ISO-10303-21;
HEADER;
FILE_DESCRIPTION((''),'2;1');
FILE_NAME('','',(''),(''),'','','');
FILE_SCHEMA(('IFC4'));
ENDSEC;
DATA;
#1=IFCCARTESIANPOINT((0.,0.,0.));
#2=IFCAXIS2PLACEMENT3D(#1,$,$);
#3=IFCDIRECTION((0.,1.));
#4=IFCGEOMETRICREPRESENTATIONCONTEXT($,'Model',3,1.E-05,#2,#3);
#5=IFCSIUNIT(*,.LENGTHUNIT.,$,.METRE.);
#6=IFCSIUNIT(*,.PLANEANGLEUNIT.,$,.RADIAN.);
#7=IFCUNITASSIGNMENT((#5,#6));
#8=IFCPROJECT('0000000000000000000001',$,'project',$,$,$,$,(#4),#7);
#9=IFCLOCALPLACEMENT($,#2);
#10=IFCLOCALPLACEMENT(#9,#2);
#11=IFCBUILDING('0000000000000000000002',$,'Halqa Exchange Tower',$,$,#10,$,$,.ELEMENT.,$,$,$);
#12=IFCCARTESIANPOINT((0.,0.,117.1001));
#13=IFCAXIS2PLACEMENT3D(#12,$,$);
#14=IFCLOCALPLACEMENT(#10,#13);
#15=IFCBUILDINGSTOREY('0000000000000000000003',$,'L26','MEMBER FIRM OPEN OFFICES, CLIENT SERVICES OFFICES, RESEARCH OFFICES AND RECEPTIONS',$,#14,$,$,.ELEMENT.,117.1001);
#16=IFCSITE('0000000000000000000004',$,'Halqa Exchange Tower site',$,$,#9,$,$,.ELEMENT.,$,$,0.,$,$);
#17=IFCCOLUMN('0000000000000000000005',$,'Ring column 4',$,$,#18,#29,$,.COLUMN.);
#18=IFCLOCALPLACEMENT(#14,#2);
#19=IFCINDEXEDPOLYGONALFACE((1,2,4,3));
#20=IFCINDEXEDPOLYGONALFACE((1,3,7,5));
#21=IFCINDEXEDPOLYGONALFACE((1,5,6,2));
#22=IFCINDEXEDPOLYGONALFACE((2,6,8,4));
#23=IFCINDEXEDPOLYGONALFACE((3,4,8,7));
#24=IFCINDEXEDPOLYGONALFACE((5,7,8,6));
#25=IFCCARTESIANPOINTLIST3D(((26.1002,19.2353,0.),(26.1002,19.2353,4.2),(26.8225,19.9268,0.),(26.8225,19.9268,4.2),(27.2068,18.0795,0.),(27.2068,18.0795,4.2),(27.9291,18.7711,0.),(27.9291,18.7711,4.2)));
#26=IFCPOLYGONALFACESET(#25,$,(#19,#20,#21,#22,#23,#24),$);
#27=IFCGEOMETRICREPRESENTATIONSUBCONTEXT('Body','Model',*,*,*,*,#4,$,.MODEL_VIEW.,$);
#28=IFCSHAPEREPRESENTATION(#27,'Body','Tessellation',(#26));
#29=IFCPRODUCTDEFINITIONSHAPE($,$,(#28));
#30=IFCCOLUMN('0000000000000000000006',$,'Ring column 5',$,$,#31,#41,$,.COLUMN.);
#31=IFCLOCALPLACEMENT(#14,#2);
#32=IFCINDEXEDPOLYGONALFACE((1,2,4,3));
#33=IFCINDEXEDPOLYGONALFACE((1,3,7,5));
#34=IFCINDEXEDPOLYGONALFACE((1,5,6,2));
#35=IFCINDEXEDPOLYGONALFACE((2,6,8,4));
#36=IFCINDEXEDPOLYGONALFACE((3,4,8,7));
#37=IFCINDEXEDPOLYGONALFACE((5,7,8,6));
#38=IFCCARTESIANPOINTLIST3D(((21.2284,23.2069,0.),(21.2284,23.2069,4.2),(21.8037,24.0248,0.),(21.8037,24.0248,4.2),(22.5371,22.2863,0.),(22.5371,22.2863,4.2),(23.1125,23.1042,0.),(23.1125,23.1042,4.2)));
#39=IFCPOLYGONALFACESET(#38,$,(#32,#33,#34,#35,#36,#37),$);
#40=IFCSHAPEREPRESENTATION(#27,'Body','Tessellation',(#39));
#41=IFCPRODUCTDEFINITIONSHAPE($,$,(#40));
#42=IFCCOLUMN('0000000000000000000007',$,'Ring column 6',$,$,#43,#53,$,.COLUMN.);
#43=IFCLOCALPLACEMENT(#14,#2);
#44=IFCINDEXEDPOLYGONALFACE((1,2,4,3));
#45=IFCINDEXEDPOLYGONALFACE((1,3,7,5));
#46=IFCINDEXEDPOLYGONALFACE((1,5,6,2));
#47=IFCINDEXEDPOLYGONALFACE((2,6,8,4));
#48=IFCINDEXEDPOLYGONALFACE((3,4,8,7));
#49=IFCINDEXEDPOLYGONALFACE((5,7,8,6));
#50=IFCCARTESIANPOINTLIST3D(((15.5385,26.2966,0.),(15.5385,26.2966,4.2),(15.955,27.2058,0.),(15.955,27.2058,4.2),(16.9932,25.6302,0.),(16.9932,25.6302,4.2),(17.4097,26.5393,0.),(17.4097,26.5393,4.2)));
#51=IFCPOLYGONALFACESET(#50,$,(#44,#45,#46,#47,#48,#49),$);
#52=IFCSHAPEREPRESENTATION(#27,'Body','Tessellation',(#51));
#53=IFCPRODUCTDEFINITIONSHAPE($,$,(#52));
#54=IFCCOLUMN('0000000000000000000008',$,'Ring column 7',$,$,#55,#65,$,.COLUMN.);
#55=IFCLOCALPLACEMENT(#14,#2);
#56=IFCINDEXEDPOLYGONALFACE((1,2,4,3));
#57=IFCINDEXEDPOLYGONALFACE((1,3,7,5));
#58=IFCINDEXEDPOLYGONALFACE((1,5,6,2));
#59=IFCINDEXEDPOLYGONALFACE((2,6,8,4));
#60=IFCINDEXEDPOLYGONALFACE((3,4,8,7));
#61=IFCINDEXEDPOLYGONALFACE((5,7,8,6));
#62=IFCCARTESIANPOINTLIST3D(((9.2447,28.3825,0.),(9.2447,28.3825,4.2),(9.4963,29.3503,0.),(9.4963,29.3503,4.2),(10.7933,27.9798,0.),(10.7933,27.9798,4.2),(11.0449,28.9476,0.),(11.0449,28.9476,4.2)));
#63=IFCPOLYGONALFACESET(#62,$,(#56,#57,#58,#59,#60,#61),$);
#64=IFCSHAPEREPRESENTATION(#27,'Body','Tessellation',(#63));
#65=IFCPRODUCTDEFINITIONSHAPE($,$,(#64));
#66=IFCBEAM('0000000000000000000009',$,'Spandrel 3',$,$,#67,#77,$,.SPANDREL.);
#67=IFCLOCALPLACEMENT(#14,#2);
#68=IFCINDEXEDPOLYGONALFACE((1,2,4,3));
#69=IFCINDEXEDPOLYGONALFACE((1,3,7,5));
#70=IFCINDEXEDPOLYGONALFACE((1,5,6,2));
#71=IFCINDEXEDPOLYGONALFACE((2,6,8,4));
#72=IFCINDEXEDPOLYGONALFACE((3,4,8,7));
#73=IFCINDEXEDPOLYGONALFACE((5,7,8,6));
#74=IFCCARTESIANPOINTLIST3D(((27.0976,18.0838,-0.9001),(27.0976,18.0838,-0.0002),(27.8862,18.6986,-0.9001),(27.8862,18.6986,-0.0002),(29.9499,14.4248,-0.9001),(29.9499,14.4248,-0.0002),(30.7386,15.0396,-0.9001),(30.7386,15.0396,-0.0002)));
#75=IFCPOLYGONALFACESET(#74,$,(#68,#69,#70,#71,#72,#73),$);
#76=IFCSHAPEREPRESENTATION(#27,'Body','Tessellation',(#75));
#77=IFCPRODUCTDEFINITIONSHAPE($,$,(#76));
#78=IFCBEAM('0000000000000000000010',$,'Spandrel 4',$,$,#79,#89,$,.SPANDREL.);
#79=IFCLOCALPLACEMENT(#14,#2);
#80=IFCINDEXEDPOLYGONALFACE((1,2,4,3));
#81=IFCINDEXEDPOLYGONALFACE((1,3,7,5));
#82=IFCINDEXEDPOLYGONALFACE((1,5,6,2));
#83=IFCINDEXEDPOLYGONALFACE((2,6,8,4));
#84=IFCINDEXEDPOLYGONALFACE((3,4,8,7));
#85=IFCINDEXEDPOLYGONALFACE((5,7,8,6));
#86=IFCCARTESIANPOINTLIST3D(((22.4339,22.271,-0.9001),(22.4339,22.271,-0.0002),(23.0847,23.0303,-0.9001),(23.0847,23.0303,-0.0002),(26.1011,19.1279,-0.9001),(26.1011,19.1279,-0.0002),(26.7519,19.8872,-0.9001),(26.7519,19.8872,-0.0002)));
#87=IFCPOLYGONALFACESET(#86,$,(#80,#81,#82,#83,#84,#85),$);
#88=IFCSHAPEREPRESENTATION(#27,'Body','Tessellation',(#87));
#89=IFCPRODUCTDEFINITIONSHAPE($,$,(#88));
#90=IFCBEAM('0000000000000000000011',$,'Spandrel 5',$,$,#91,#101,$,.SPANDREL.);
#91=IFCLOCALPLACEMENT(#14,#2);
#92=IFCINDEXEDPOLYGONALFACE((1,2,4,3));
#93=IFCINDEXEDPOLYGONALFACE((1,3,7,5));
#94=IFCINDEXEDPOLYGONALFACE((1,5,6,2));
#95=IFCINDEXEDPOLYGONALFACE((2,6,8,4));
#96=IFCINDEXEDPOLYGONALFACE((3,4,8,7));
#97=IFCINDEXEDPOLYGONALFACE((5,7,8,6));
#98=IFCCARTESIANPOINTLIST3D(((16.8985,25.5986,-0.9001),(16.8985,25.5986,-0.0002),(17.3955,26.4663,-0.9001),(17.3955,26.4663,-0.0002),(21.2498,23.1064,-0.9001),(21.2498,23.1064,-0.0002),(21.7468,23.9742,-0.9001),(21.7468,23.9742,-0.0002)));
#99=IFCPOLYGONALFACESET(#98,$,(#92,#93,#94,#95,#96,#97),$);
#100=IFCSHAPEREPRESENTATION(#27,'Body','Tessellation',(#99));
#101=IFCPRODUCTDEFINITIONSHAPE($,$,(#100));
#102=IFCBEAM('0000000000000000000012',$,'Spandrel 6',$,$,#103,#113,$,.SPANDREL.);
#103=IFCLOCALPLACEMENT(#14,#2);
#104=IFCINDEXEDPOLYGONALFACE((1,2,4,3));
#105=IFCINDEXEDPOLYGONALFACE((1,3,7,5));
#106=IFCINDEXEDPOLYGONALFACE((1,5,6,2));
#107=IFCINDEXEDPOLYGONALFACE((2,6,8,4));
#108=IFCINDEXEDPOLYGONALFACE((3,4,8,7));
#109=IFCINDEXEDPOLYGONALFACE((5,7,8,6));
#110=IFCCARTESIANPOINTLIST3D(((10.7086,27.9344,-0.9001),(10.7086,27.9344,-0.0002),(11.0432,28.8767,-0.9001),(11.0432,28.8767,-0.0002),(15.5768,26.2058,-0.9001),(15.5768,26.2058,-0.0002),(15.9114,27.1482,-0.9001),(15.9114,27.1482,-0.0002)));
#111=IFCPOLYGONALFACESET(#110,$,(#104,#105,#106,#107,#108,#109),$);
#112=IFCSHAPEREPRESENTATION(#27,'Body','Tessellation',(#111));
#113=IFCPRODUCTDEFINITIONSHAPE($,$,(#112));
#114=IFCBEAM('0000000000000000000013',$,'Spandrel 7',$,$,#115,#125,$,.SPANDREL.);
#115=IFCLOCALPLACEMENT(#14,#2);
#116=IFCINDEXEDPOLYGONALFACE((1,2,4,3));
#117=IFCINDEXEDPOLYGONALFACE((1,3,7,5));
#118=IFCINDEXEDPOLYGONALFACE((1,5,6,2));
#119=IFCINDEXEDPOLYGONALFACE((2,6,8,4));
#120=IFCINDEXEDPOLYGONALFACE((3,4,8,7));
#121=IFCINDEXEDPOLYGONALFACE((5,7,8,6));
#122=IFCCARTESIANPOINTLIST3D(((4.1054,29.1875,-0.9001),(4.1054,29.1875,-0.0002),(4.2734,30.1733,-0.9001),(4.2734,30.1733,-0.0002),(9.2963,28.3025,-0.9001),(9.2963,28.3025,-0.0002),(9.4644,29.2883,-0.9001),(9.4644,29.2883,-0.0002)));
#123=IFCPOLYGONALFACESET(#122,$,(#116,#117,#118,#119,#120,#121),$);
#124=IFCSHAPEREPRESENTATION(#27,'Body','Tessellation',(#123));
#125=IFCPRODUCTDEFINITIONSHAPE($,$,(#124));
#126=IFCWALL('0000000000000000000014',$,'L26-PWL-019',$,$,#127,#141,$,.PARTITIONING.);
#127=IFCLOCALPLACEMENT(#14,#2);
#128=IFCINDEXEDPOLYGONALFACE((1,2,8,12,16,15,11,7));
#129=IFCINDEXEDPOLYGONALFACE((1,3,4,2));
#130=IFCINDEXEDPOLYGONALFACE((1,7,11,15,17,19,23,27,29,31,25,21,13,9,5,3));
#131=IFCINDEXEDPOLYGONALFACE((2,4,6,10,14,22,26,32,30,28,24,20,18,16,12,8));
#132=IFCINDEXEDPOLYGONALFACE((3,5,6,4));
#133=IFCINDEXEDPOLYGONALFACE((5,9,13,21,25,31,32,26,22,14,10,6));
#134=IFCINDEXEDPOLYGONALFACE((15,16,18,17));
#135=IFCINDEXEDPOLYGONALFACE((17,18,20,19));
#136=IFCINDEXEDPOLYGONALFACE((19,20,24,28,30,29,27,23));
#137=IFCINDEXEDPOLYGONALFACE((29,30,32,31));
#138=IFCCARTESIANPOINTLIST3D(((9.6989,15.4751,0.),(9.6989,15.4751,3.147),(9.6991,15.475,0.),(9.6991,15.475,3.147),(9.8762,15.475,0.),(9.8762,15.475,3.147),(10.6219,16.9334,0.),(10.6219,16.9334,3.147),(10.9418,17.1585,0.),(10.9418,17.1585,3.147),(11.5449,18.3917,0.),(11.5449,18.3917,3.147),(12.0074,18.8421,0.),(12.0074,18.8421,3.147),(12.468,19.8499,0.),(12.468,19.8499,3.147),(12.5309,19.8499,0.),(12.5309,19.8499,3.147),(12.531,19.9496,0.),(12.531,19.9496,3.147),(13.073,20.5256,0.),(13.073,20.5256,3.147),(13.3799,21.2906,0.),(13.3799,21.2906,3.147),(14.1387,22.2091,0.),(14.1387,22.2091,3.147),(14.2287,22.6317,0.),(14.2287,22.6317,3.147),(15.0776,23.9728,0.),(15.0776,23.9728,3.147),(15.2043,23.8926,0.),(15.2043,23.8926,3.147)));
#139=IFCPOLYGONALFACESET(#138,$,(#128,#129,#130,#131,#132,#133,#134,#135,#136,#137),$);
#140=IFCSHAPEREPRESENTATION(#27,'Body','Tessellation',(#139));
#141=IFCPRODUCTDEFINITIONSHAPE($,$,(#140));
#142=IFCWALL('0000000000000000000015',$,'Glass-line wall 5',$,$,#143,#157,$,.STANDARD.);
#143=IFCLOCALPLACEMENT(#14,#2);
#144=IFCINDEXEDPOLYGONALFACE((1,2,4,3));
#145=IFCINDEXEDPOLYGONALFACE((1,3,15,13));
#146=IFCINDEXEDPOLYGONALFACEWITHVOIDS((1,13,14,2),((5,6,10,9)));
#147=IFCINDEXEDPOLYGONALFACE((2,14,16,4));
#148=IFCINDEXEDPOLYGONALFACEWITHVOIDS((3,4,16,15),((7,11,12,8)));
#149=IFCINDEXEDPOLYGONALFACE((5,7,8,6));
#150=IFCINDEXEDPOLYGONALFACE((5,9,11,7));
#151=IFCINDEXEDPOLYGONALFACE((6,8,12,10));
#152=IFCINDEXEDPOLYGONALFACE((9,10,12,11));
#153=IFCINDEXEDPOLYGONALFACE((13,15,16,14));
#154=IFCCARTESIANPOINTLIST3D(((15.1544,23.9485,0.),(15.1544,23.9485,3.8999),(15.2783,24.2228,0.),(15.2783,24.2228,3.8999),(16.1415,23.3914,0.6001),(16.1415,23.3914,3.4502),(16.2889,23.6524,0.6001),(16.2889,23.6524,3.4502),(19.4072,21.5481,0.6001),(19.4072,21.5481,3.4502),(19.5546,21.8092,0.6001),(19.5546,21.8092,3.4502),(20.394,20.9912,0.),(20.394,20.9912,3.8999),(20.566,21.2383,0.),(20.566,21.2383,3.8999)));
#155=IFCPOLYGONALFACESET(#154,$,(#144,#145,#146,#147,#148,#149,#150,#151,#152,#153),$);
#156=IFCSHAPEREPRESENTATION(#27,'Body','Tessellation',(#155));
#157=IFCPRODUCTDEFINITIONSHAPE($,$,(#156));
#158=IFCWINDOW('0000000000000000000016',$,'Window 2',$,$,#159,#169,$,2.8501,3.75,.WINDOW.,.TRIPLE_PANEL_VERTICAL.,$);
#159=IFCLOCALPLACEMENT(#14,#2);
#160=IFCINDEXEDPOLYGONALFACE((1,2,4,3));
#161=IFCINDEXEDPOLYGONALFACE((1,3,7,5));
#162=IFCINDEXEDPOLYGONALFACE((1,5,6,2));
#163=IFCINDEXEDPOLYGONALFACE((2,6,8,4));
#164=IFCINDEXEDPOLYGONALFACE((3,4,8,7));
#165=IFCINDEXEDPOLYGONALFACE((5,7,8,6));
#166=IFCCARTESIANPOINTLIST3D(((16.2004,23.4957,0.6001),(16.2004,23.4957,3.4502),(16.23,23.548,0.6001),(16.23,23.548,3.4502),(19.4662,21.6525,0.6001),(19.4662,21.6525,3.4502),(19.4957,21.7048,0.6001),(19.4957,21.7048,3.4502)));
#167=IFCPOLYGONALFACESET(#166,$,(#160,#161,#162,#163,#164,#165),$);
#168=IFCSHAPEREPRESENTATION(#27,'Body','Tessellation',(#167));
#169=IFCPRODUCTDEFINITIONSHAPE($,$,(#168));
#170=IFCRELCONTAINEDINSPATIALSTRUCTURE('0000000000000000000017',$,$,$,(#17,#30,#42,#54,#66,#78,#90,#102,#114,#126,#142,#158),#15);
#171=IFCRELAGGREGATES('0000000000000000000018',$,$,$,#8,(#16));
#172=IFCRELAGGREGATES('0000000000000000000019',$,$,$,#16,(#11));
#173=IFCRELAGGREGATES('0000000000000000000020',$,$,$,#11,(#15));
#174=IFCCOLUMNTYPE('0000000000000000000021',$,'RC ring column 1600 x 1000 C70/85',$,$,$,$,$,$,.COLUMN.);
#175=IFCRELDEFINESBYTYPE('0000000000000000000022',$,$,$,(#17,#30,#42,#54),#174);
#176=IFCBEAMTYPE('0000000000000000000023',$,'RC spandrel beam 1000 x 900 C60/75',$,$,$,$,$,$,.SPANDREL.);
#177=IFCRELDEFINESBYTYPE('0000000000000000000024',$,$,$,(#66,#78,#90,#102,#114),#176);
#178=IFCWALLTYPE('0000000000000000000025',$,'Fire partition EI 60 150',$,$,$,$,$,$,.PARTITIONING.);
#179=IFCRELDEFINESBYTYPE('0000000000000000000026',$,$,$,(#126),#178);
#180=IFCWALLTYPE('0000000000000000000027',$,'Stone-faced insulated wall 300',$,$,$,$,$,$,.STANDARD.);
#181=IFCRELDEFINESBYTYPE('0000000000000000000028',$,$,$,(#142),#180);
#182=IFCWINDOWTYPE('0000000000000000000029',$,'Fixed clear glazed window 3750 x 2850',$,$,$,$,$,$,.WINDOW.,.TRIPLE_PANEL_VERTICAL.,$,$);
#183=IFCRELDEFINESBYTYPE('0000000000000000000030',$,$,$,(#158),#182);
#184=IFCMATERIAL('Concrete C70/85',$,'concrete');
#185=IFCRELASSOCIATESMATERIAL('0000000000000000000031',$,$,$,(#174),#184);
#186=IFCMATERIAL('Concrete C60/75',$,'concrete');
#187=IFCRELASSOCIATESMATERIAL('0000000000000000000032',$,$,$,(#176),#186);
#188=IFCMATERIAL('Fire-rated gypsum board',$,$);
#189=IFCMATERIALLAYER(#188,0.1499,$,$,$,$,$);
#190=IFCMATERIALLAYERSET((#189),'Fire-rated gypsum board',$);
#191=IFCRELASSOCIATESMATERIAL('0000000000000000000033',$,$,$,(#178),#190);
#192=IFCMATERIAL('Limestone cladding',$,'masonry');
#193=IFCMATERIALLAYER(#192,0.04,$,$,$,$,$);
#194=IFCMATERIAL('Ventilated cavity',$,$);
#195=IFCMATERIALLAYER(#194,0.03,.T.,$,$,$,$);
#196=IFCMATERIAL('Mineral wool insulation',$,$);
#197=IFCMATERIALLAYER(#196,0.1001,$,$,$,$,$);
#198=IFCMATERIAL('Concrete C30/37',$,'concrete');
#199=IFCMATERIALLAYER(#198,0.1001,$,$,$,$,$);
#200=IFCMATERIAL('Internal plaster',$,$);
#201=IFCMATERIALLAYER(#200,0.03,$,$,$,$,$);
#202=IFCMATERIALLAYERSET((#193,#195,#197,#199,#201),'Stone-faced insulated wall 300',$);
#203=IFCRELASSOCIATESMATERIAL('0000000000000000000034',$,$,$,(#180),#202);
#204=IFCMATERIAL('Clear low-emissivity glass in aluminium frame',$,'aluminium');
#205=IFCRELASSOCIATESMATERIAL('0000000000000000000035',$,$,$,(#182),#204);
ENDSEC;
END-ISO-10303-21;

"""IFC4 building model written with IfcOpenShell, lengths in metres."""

from ifc_helpers import new_model, si_unit, direction, frame, frame_2d, origin, origin_2d, place, context, subcontext, project, spatial, polyline, rectangle, outline, extrude, material, layer, layer_set, material_profile, profile_set, type_object, element, fill, save


model = new_model("IFC4")

# Units and contexts
model_context = context("Model", 3, precision=1e-05, world=origin(), true_north=direction((0.0, 1.0)))
body_context = subcontext(model_context, "Body", "Model", "MODEL_VIEW")
ifc_project = project(units=[si_unit("LENGTHUNIT", "METRE"), si_unit("PLANEANGLEUNIT", "RADIAN")], contexts=[model_context])

# Site, building, storey
site_placement = place(None, origin())
site = spatial("IfcSite", under=ifc_project, at=site_placement, Name="Halqa Exchange Tower site", CompositionType="ELEMENT", RefElevation=0.0)
building_placement = place(site_placement, origin())
building = spatial("IfcBuilding", under=site, at=building_placement, Name="Halqa Exchange Tower", CompositionType="ELEMENT")
storey_placement = place(building_placement, frame((0.0, 0.0, 117.1001)))
storey = spatial("IfcBuildingStorey", under=building, at=storey_placement, Name="L26", Description="MEMBER FIRM OPEN OFFICES, CLIENT SERVICES OFFICES, RESEARCH OFFICES AND RECEPTIONS", CompositionType="ELEMENT", Elevation=117.1001)

# Columns
ifc_material_1 = material(Name="Concrete C70/85", Category="concrete")
ifc_material_profile_1 = material_profile(ifc_material_1, rectangle(XDim=1.6001, YDim=1.0, at=origin_2d()), Name="1600 x 1000")
ifc_profile_set_1 = profile_set([ifc_material_profile_1], Name="Concrete C70/85")
column_type = type_object("IfcColumnType", Name="RC ring column 1600 x 1000 C70/85", PredefinedType="COLUMN", material=ifc_profile_set_1)
for number, where, z_axis, x_axis, name in (
    (1, (27.0146, 19.0032, 0.0), (0.0, 0.0, 1.0), (-0.691574, 0.722306, 0.0), "Ring column 4"),
    (2, (22.1704, 23.1555, 0.0), (0.0, 0.0, 1.0), (-0.817907, 0.575351, 0.0), "Ring column 5"),
    (3, (16.4741, 26.418, 0.0), (0.0, 0.0, 1.0), (-0.909127, 0.416519, 0.0), "Ring column 6"),
    (4, (10.1448, 28.665, 0.0), (0.0, 0.0, 1.0), (-0.96782, 0.251644, 0.0), "Ring column 7"),
):
    element("IfcColumn", number, at=place(storey_placement, frame(where, z_axis=z_axis, x_axis=x_axis)), inside=storey, type_object=column_type, Name=name, PredefinedType="COLUMN", context=body_context, shape_type="SweptSolid", body=[
        extrude(rectangle(XDim=1.6001, YDim=1.0, at=origin_2d()), origin(), (0.0, 0.0, 1.0), 4.2),
    ])

# Beams
ifc_material_2 = material(Name="Concrete C60/75", Category="concrete")
ifc_material_profile_2 = material_profile(ifc_material_2, rectangle(XDim=1.0, YDim=0.8999, at=origin_2d()), Name="1000 x 900")
ifc_profile_set_2 = profile_set([ifc_material_profile_2], Name="Concrete C60/75")
beam_type = type_object("IfcBeamType", Name="RC spandrel beam 1000 x 900 C60/75", PredefinedType="SPANDREL", material=ifc_profile_set_2)
beam_1_placement = place(storey_placement, frame((30.3442, 14.7322, -0.4502), z_axis=(-0.614807, 0.788677, 0.0), x_axis=(-0.788677, -0.614807, 0.0)))
element("IfcBeam", 5, at=beam_1_placement, inside=storey, type_object=beam_type, Name="Spandrel 3", PredefinedType="SPANDREL", context=body_context, shape_type="SweptSolid", body=[
    extrude(rectangle(XDim=1.0, YDim=0.8999, at=origin_2d()), origin(), (0.0, 0.0, 1.0), 4.6394),
])
beam_2_placement = place(storey_placement, frame((26.4265, 19.5076, -0.4502), z_axis=(-0.759285, 0.650758, 0.0), x_axis=(-0.650758, -0.759285, 0.0)))
element("IfcBeam", 6, at=beam_2_placement, inside=storey, type_object=beam_type, Name="Spandrel 4", PredefinedType="SPANDREL", context=body_context, shape_type="SweptSolid", body=[
    extrude(rectangle(XDim=1.0, YDim=0.8999, at=origin_2d()), origin(), (0.0, 0.0, 1.0), 4.8298),
])
beam_3_placement = place(storey_placement, frame((21.4983, 23.5403, -0.4502), z_axis=(-0.867751, 0.496999, 0.0), x_axis=(-0.496999, -0.867751, 0.0)))
element("IfcBeam", 7, at=beam_3_placement, inside=storey, type_object=beam_type, Name="Spandrel 5", PredefinedType="SPANDREL", context=body_context, shape_type="SweptSolid", body=[
    extrude(rectangle(XDim=1.0, YDim=0.8999, at=origin_2d()), origin(), (0.0, 0.0, 1.0), 5.0144),
])
beam_4_placement = place(storey_placement, frame((15.7441, 26.677, -0.4502), z_axis=(-0.94236, 0.334599, 0.0), x_axis=(-0.334599, -0.94236, 0.0)))
element("IfcBeam", 8, at=beam_4_placement, inside=storey, type_object=beam_type, Name="Spandrel 6", PredefinedType="SPANDREL", context=body_context, shape_type="SweptSolid", body=[
    extrude(rectangle(XDim=1.0, YDim=0.8999, at=origin_2d()), origin(), (0.0, 0.0, 1.0), 5.166),
])
beam_5_placement = place(storey_placement, frame((9.3804, 28.7954, -0.4502), z_axis=(-0.985776, 0.168067, 0.0), x_axis=(-0.168067, -0.985776, 0.0)))
element("IfcBeam", 9, at=beam_5_placement, inside=storey, type_object=beam_type, Name="Spandrel 7", PredefinedType="SPANDREL", context=body_context, shape_type="SweptSolid", body=[
    extrude(rectangle(XDim=1.0, YDim=0.8999, at=origin_2d()), origin(), (0.0, 0.0, 1.0), 5.2659),
])

# Wall
ifc_material_3 = material(Name="Fire-rated gypsum board")
ifc_layer_1 = layer(ifc_material_3, 0.1499)
ifc_layer_set_1 = layer_set([ifc_layer_1], Name="Fire-rated gypsum board")
wall_type_1 = type_object("IfcWallType", Name="Fire partition EI 60 150", PredefinedType="PARTITIONING", material=ifc_layer_set_1)
wall_1_placement = place(storey_placement, frame((9.7622, 15.4351, 0.0), z_axis=(0.0, 0.0, 1.0), x_axis=(0.53483, 0.84496, 0.0)))
element("IfcWall", 10, at=wall_1_placement, inside=storey, type_object=wall_type_1, Name="L26-PWL-019", PredefinedType="PARTITIONING", context=body_context, shape_type="SweptSolid", body=[
    extrude(outline(polyline([(10.0569, 0.075), (8.4697, 0.075), (6.8826, 0.075), (5.2954, 0.075), (5.2112, 0.0217), (5.1775, 0.075), (3.4517, 0.075), (1.7258, 0.075), (0.0, 0.075), (0.0, 0.0747), (0.0947, -0.075), (2.0872, -0.075), (4.0796, -0.075), (6.072, -0.075), (8.0645, -0.075), (10.0569, -0.075), (10.0569, 0.075)])), origin(), (0.0, 0.0, 1.0), 3.147),
])

# Shared definitions
ifc_material_4 = material(Name="Limestone cladding", Category="masonry")
ifc_layer_2 = layer(ifc_material_4, 0.04)
ifc_material_5 = material(Name="Ventilated cavity")
ifc_layer_3 = layer(ifc_material_5, 0.03, ventilated=True)
ifc_material_6 = material(Name="Mineral wool insulation")
ifc_layer_4 = layer(ifc_material_6, 0.1001)
ifc_material_7 = material(Name="Concrete C30/37", Category="concrete")
ifc_layer_5 = layer(ifc_material_7, 0.1001)
ifc_material_8 = material(Name="Internal plaster")
ifc_layer_6 = layer(ifc_material_8, 0.03)
ifc_layer_set_2 = layer_set([ifc_layer_2, ifc_layer_3, ifc_layer_4, ifc_layer_5, ifc_layer_6], Name="Stone-faced insulated wall 300")
wall_type_2 = type_object("IfcWallType", Name="Stone-faced insulated wall 300", PredefinedType="STANDARD", material=ifc_layer_set_2)
ifc_material_9 = material(Name="Clear low-emissivity glass in aluminium frame", Category="aluminium")

# Wall, opening, window
wall_2_placement = place(storey_placement, frame((20.48, 21.1147, 0.0), z_axis=(0.0, 0.0, 1.0), x_axis=(-0.870858, 0.491534, 0.0)))
wall_2 = element("IfcWall", 11, at=wall_2_placement, inside=storey, type_object=wall_type_2, Name="Glass-line wall 5", PredefinedType="STANDARD", context=body_context, shape_type="SweptSolid", body=[
    extrude(outline(polyline([(-0.0142, -0.1499), (6.0576, -0.1499), (6.0308, 0.1499), (0.0142, 0.1499), (-0.0142, -0.1499)])), origin(), (0.0, 0.0, 1.0), 3.8999),
])
opening_1_placement = place(wall_2_placement, frame((1.1472, 0.0, 0.6001)))
opening_1 = element("IfcOpeningElement", 12, at=opening_1_placement, cuts=wall_2, PredefinedType="OPENING", context=body_context, shape_type="SweptSolid", body=[
    extrude(rectangle(XDim=3.75, YDim=2.8501, at=frame_2d((1.875, 1.425))), frame((0.0, 0.1621, 0.0), z_axis=(0.0, -1.0, 0.0), x_axis=(1.0, 0.0, 0.0)), (0.0, 0.0, 1.0), 0.324),
])
window_type = type_object("IfcWindowType", Name="Fixed clear glazed window 3750 x 2850", PartitioningType="TRIPLE_PANEL_VERTICAL", PredefinedType="WINDOW", material=ifc_material_9)
window_1_placement = place(opening_1_placement, origin())
window_1 = element("IfcWindow", 13, at=window_1_placement, inside=storey, type_object=window_type, Name="Window 2", OverallHeight=2.8501, OverallWidth=3.75, PartitioningType="TRIPLE_PANEL_VERTICAL", PredefinedType="WINDOW", context=body_context, shape_type="SweptSolid", body=[
    extrude(rectangle(XDim=3.75, YDim=2.8501, at=frame_2d((1.875, 1.425))), frame((0.0, 0.03, 0.0), z_axis=(0.0, -1.0, 0.0), x_axis=(1.0, 0.0, 0.0)), (0.0, 0.0, 1.0), 0.0601),
])
fill(opening_1, window_1)

save(model, "model.ifc")
